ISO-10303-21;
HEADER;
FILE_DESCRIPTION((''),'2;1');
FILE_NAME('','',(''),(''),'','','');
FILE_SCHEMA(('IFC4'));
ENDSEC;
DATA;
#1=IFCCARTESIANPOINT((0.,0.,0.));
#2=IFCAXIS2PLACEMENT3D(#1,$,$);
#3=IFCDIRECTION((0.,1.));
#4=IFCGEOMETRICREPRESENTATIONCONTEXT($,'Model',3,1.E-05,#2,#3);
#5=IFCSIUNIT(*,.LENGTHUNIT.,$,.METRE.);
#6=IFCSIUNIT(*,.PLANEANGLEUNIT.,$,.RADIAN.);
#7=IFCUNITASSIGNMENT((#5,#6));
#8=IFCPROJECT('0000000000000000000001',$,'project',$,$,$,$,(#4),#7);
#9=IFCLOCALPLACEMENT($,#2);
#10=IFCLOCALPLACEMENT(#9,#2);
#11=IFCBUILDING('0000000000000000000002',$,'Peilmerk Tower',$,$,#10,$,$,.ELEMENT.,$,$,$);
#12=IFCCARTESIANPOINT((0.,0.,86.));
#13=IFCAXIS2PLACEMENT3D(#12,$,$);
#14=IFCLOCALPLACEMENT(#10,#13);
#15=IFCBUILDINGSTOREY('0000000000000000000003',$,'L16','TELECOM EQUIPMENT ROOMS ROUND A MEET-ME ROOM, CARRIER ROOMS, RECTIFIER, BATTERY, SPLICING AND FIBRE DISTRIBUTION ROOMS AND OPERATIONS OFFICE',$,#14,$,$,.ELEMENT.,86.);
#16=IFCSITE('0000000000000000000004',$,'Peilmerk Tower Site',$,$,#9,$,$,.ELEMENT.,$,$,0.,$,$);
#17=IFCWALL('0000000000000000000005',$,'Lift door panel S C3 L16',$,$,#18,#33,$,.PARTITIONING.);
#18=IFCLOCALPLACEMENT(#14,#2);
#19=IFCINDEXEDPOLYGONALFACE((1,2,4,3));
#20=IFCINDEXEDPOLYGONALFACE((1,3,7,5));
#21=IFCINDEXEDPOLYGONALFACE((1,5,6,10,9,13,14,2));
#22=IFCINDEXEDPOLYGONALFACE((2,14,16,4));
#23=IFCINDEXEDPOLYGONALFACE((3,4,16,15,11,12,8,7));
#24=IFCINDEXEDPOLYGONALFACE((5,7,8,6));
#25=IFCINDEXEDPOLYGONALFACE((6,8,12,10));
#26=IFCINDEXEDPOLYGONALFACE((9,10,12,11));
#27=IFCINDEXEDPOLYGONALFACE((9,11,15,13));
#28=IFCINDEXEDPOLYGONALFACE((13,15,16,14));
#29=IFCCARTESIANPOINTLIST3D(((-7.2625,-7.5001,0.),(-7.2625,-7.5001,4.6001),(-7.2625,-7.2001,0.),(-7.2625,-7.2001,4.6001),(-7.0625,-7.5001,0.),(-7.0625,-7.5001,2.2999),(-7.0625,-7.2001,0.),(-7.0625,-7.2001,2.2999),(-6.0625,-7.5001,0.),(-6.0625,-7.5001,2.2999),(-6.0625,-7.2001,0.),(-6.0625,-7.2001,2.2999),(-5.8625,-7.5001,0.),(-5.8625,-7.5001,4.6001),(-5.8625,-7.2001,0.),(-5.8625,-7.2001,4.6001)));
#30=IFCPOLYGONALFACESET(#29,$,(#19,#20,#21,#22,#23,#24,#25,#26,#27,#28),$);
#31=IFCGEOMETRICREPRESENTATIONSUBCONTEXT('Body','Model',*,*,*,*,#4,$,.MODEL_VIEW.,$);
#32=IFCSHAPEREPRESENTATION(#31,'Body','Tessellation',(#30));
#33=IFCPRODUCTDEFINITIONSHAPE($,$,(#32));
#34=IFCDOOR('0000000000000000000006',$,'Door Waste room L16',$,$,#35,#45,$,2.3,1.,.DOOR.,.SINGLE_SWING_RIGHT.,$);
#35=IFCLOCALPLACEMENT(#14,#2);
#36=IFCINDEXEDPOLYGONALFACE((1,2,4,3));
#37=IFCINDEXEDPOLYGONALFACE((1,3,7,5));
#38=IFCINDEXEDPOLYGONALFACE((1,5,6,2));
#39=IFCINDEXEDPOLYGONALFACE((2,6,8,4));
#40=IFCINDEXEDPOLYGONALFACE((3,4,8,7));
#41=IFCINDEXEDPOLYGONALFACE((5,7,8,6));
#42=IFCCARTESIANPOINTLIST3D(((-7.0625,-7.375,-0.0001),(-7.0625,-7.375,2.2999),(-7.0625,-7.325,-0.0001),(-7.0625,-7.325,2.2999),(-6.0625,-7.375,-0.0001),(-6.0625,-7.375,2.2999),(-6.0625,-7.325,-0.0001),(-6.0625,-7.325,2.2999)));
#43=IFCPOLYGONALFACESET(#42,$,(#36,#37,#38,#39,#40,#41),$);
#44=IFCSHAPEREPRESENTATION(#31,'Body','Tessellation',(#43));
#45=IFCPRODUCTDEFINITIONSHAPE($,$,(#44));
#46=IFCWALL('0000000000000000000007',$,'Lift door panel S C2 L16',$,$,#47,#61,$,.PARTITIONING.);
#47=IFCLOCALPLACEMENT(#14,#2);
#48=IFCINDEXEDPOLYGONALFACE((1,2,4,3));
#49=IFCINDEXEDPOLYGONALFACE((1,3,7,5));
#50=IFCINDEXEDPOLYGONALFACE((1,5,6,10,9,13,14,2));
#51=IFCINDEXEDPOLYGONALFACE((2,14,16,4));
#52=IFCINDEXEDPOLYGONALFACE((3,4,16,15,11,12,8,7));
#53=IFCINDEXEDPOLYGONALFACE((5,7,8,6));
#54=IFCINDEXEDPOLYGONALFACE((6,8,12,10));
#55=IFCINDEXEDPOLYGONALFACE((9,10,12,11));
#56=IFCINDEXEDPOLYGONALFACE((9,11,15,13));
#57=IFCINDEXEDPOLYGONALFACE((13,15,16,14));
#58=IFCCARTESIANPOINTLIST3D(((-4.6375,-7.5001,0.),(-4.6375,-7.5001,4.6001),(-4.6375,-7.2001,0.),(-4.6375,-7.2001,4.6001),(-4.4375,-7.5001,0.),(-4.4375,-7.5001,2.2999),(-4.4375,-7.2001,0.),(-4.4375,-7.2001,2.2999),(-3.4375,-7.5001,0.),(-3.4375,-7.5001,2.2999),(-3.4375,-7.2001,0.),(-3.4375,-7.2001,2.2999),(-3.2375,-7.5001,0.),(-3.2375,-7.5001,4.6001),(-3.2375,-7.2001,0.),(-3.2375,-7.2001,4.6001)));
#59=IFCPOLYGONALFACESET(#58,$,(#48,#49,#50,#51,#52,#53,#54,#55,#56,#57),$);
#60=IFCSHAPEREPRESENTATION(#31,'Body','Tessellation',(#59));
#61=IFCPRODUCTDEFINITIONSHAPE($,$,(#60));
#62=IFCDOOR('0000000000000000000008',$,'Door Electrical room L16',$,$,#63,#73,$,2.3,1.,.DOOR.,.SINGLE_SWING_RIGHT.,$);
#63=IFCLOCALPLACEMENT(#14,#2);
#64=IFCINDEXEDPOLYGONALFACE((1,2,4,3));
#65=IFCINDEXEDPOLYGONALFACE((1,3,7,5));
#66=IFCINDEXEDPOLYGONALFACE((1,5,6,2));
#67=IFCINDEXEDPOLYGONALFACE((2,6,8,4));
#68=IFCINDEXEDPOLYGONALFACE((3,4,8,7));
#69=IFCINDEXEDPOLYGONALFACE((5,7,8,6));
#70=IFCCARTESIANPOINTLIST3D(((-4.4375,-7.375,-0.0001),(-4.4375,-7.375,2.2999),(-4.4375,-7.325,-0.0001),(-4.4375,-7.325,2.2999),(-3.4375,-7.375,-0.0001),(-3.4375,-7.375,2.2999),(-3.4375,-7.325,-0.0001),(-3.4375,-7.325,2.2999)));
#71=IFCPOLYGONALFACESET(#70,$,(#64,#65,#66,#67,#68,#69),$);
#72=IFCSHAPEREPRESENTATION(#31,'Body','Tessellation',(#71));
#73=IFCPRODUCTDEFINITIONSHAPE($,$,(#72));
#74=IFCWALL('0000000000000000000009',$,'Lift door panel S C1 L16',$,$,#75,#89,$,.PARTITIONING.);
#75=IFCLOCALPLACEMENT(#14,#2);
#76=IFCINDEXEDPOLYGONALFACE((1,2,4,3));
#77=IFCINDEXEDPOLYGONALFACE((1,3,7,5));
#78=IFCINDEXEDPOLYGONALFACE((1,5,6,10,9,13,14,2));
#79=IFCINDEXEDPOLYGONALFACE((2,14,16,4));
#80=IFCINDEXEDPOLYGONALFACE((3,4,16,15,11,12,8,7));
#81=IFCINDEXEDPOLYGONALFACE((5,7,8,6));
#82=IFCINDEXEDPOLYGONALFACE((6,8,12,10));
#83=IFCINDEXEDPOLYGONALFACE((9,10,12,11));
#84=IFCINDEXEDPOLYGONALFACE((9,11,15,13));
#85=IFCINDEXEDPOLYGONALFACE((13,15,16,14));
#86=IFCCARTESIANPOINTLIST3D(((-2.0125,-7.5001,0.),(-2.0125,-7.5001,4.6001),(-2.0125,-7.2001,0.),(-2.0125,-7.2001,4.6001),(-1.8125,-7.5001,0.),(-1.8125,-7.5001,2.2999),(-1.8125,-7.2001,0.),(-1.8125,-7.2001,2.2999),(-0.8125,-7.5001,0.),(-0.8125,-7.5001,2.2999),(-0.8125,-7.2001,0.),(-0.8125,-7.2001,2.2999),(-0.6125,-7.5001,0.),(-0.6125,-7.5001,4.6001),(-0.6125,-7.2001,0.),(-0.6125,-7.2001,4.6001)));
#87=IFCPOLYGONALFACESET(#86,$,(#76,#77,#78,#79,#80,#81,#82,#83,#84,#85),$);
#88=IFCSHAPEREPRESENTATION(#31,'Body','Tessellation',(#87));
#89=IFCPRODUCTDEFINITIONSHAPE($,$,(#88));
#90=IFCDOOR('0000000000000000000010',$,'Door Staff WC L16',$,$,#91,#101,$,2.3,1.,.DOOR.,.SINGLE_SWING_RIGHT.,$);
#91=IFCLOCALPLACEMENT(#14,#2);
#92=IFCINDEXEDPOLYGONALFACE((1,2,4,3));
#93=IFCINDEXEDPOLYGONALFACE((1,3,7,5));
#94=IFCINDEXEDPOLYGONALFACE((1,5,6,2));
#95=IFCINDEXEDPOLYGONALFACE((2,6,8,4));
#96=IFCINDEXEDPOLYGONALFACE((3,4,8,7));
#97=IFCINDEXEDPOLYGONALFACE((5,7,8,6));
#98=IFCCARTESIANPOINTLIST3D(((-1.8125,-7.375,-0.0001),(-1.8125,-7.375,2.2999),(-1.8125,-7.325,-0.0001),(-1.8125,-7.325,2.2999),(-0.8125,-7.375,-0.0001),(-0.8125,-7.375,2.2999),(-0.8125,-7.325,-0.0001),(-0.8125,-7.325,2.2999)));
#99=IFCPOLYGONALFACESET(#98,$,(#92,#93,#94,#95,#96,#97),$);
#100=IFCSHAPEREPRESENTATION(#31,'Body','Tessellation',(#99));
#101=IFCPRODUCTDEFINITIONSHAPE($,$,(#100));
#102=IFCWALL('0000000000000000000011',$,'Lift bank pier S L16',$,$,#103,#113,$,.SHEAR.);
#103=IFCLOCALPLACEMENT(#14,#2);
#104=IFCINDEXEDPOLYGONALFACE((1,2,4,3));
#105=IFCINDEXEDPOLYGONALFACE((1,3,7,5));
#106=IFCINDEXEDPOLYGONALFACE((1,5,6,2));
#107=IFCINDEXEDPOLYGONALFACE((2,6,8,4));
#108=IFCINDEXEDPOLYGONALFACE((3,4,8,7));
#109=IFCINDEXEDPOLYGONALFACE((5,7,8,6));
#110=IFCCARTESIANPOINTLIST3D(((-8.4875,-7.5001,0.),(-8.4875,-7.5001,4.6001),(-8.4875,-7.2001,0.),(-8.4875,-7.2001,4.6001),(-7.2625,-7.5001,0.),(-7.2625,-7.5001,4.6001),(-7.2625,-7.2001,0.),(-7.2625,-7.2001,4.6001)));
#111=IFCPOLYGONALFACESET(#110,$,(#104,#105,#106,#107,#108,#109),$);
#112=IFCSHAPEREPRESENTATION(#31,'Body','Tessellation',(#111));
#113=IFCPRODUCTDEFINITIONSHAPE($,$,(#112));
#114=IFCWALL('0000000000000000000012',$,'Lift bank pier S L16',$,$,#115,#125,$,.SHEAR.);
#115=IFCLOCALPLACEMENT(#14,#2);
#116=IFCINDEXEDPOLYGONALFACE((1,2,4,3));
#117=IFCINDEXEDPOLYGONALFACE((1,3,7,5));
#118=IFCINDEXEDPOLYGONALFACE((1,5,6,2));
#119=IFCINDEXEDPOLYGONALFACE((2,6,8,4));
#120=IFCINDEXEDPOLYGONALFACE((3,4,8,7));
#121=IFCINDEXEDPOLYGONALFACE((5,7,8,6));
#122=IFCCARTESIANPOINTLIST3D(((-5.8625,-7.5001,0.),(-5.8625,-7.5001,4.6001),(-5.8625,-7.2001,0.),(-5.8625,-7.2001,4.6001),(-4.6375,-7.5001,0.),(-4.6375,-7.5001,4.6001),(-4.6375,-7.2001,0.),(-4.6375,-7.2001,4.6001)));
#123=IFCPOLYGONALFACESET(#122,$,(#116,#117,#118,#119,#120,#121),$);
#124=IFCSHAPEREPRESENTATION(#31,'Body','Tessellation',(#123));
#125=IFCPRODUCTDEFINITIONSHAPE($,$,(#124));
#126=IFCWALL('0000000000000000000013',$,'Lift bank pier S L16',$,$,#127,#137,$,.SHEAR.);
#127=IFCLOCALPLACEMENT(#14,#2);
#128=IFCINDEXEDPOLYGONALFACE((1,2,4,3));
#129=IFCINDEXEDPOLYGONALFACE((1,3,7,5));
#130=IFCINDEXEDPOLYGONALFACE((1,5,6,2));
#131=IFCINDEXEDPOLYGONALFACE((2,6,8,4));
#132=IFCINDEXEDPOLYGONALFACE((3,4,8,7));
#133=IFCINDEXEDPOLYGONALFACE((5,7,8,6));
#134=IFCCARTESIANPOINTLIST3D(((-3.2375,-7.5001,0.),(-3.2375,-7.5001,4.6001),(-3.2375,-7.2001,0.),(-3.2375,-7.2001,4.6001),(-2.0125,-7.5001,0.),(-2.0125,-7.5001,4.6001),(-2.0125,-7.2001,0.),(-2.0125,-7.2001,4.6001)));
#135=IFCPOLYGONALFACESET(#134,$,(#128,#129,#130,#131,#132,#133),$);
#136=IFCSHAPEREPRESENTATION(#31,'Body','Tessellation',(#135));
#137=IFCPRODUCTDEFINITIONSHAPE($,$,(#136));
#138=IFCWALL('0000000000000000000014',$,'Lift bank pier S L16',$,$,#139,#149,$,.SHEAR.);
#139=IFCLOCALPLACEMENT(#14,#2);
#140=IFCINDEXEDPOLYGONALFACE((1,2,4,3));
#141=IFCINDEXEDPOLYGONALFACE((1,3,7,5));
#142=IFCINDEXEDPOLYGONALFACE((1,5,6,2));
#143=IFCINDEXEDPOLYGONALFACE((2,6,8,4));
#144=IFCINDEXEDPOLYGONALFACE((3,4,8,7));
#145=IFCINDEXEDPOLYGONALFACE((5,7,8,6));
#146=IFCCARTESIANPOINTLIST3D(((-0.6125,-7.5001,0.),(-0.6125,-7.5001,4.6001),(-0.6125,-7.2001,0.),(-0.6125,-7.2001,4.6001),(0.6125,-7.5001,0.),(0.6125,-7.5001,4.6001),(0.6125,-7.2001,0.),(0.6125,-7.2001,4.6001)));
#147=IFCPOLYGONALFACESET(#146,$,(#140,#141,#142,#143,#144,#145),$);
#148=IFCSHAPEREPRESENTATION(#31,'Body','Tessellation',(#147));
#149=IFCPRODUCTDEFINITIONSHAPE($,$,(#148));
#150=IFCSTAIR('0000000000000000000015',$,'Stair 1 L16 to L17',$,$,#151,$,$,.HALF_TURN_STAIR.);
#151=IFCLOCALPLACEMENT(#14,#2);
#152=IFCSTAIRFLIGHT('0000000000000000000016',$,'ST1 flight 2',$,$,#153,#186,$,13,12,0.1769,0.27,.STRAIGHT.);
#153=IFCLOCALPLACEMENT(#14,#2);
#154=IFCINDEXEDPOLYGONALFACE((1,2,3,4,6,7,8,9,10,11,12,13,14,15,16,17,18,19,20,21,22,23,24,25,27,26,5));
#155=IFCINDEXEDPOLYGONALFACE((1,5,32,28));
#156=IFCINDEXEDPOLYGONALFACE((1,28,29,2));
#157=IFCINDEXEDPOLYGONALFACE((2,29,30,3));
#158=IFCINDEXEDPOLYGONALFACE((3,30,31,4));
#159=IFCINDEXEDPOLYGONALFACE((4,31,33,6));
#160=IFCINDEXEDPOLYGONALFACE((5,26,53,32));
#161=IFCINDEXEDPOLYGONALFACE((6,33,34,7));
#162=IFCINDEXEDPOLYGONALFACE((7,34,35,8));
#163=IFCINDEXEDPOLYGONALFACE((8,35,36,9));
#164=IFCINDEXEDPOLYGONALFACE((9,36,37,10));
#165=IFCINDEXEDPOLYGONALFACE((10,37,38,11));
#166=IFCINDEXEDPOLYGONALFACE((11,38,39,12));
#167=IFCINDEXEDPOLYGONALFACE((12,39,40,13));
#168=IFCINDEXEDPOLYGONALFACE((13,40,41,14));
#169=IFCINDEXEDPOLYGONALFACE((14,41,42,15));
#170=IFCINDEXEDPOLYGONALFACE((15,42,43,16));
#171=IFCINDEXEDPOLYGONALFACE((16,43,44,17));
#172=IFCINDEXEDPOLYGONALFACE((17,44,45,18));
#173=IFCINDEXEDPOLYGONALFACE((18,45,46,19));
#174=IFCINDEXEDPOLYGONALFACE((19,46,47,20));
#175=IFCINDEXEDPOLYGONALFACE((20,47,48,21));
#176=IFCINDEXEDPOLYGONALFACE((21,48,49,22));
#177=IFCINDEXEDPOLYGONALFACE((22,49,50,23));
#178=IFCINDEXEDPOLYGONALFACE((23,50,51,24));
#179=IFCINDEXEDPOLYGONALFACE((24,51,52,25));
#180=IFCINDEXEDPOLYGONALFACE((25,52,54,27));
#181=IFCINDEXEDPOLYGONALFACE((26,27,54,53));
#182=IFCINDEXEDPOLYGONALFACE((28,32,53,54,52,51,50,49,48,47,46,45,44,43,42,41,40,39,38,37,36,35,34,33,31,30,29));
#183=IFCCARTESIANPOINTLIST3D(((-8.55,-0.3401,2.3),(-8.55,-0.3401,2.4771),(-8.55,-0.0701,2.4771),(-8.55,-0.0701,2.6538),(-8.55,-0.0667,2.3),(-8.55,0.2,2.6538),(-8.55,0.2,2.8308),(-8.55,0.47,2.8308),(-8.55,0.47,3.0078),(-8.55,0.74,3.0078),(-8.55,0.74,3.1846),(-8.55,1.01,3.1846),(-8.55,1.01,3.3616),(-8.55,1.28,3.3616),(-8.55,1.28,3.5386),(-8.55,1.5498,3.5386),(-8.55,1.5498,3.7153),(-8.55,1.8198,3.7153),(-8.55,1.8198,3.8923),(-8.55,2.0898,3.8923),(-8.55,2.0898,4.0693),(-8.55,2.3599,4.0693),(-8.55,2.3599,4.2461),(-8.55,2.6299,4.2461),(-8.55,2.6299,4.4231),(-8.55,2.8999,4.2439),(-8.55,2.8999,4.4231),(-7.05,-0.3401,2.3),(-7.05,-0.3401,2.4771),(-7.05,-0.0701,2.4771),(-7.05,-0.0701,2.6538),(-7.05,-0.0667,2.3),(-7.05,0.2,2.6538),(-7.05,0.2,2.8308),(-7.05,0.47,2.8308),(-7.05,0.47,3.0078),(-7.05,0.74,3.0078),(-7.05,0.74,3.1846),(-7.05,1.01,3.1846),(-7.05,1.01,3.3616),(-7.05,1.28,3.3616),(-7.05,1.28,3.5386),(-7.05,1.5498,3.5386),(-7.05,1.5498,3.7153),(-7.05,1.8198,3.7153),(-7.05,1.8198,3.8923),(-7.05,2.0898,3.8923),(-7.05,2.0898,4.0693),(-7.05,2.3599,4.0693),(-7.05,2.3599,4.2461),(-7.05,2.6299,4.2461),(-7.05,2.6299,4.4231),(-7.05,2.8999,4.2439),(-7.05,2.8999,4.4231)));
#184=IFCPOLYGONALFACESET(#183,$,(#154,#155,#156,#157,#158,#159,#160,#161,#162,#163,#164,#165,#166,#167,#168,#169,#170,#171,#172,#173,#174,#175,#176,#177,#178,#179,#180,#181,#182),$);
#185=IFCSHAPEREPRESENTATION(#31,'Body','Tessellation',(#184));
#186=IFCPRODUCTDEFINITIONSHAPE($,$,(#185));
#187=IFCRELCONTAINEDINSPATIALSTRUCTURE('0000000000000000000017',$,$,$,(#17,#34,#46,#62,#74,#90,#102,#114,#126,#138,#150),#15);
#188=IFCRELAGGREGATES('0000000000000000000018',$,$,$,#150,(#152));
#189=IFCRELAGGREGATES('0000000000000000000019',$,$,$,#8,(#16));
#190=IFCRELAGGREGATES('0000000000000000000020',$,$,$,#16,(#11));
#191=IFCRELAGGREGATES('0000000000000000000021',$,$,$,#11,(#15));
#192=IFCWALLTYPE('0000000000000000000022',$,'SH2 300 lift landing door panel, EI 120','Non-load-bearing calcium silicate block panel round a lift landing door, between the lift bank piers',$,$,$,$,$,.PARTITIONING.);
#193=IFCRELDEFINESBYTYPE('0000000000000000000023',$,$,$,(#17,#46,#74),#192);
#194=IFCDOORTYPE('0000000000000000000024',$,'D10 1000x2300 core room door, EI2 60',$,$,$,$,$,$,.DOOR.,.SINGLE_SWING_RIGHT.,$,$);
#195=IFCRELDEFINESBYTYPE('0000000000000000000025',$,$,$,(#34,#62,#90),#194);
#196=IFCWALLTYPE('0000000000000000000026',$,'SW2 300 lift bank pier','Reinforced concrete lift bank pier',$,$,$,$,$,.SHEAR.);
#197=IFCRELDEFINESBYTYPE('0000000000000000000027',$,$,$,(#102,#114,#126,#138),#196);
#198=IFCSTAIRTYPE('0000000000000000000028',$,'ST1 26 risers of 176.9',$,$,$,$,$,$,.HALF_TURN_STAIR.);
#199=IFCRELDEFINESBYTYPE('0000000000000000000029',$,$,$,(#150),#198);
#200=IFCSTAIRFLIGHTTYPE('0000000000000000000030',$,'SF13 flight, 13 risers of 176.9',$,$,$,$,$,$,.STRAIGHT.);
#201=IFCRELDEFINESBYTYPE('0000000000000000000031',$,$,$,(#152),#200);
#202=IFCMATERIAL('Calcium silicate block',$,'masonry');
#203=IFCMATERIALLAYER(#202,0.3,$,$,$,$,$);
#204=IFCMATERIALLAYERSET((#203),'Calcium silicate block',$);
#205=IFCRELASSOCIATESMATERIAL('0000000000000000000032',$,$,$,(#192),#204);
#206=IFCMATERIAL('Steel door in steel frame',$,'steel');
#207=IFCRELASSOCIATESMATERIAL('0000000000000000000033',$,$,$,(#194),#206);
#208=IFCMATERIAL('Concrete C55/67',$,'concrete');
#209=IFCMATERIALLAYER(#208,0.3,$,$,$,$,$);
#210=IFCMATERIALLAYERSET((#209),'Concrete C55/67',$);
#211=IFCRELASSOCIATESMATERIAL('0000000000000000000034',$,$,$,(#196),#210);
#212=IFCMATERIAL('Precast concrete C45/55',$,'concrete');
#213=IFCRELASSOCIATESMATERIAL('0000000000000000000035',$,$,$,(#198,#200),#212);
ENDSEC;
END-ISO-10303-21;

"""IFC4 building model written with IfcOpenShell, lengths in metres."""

from ifc_helpers import new_model, si_unit, direction, frame, frame_2d, origin, place, context, subcontext, project, spatial, polyline, rectangle, outline, extrude, material, layer, layer_set, type_object, element, fill, aggregate, save


model = new_model("IFC4")

# Units and contexts
model_context = context("Model", 3, precision=1e-05, world=origin(), true_north=direction((0.0, 1.0)))
body_context = subcontext(model_context, "Body", "Model", "MODEL_VIEW")
ifc_project = project(units=[si_unit("LENGTHUNIT", "METRE"), si_unit("PLANEANGLEUNIT", "RADIAN")], contexts=[model_context])

# Site, building, storey
site_placement = place(None, origin())
site = spatial("IfcSite", under=ifc_project, at=site_placement, Name="Peilmerk Tower Site", CompositionType="ELEMENT", RefElevation=0.0)
building_placement = place(site_placement, origin())
building = spatial("IfcBuilding", under=site, at=building_placement, Name="Peilmerk Tower", CompositionType="ELEMENT")
storey_placement = place(building_placement, frame((0.0, 0.0, 86.0)))
storey = spatial("IfcBuildingStorey", under=building, at=storey_placement, Name="L16", Description="TELECOM EQUIPMENT ROOMS ROUND A MEET-ME ROOM, CARRIER ROOMS, RECTIFIER, BATTERY, SPLICING AND FIBRE DISTRIBUTION ROOMS AND OPERATIONS OFFICE", CompositionType="ELEMENT", Elevation=86.0)

# Shared definitions
ifc_material_1 = material(Name="Calcium silicate block", Category="masonry")

# Walls, openings, doors
ifc_layer_1 = layer(ifc_material_1, 0.3)
ifc_layer_set_1 = layer_set([ifc_layer_1], Name="Calcium silicate block")
wall_type_1 = type_object("IfcWallType", Name="SH2 300 lift landing door panel, EI 120", Description="Non-load-bearing calcium silicate block panel round a lift landing door, between the lift bank piers", PredefinedType="PARTITIONING", material=ifc_layer_set_1)
wall_1_placement = place(storey_placement, frame((-7.2625, -7.3501, 0.0), z_axis=(0.0, 0.0, 1.0), x_axis=(1.0, 0.0, 0.0)))
wall_1 = element("IfcWall", 1, at=wall_1_placement, inside=storey, type_object=wall_type_1, Name="Lift door panel S C3 L16", PredefinedType="PARTITIONING", context=body_context, shape_type="SweptSolid", body=[
    extrude(rectangle(XDim=1.3999, YDim=0.3, at=frame_2d((0.7, 0.0))), origin(), (0.0, 0.0, 1.0), 4.6001),
])
opening_1_placement = place(wall_1_placement, frame((0.2, 0.0, 0.0)))
opening_1 = element("IfcOpeningElement", 2, at=opening_1_placement, cuts=wall_1, PredefinedType="OPENING", context=body_context, shape_type="SweptSolid", body=[
    extrude(rectangle(XDim=1.0, YDim=2.3, at=frame_2d((0.5, 1.1499))), frame((0.0, 0.1599, 0.0), z_axis=(0.0, -1.0, 0.0), x_axis=(1.0, 0.0, 0.0)), (0.0, 0.0, 1.0), 0.3201),
])
ifc_material_2 = material(Name="Steel door in steel frame", Category="steel")
door_type = type_object("IfcDoorType", Name="D10 1000x2300 core room door, EI2 60", OperationType="SINGLE_SWING_RIGHT", PredefinedType="DOOR", material=ifc_material_2)
door_1_placement = place(opening_1_placement, frame((1.0, 0.0, 0.0), z_axis=(0.0, 0.0, 1.0), x_axis=(-1.0, 0.0, 0.0)))
door_1 = element("IfcDoor", 3, at=door_1_placement, inside=storey, type_object=door_type, Name="Door Waste room L16", OperationType="SINGLE_SWING_RIGHT", OverallHeight=2.3, OverallWidth=1.0, PredefinedType="DOOR", context=body_context, shape_type="SweptSolid", body=[
    extrude(rectangle(XDim=1.0, YDim=2.3, at=frame_2d((0.5, 1.1499))), frame((0.0, 0.0249, 0.0), z_axis=(0.0, -1.0, 0.0), x_axis=(1.0, 0.0, 0.0)), (0.0, 0.0, 1.0), 0.05),
])
fill(opening_1, door_1)
wall_2_placement = place(storey_placement, frame((-4.6375, -7.3501, 0.0), z_axis=(0.0, 0.0, 1.0), x_axis=(1.0, 0.0, 0.0)))
wall_2 = element("IfcWall", 4, at=wall_2_placement, inside=storey, type_object=wall_type_1, Name="Lift door panel S C2 L16", PredefinedType="PARTITIONING", context=body_context, shape_type="SweptSolid", body=[
    extrude(rectangle(XDim=1.3999, YDim=0.3, at=frame_2d((0.7, 0.0))), origin(), (0.0, 0.0, 1.0), 4.6001),
])
opening_2_placement = place(wall_2_placement, frame((0.2, 0.0, 0.0)))
opening_2 = element("IfcOpeningElement", 5, at=opening_2_placement, cuts=wall_2, PredefinedType="OPENING", context=body_context, shape_type="SweptSolid", body=[
    extrude(rectangle(XDim=1.0, YDim=2.3, at=frame_2d((0.5, 1.1499))), frame((0.0, 0.1599, 0.0), z_axis=(0.0, -1.0, 0.0), x_axis=(1.0, 0.0, 0.0)), (0.0, 0.0, 1.0), 0.3201),
])
door_2_placement = place(opening_2_placement, frame((1.0, 0.0, 0.0), z_axis=(0.0, 0.0, 1.0), x_axis=(-1.0, 0.0, 0.0)))
door_2 = element("IfcDoor", 6, at=door_2_placement, inside=storey, type_object=door_type, Name="Door Electrical room L16", OperationType="SINGLE_SWING_RIGHT", OverallHeight=2.3, OverallWidth=1.0, PredefinedType="DOOR", context=body_context, shape_type="SweptSolid", body=[
    extrude(rectangle(XDim=1.0, YDim=2.3, at=frame_2d((0.5, 1.1499))), frame((0.0, 0.0249, 0.0), z_axis=(0.0, -1.0, 0.0), x_axis=(1.0, 0.0, 0.0)), (0.0, 0.0, 1.0), 0.05),
])
fill(opening_2, door_2)
wall_3_placement = place(storey_placement, frame((-2.0125, -7.3501, 0.0), z_axis=(0.0, 0.0, 1.0), x_axis=(1.0, 0.0, 0.0)))
wall_3 = element("IfcWall", 7, at=wall_3_placement, inside=storey, type_object=wall_type_1, Name="Lift door panel S C1 L16", PredefinedType="PARTITIONING", context=body_context, shape_type="SweptSolid", body=[
    extrude(rectangle(XDim=1.3999, YDim=0.3, at=frame_2d((0.7, 0.0))), origin(), (0.0, 0.0, 1.0), 4.6001),
])
opening_3_placement = place(wall_3_placement, frame((0.2, 0.0, 0.0)))
opening_3 = element("IfcOpeningElement", 8, at=opening_3_placement, cuts=wall_3, PredefinedType="OPENING", context=body_context, shape_type="SweptSolid", body=[
    extrude(rectangle(XDim=1.0, YDim=2.3, at=frame_2d((0.5, 1.1499))), frame((0.0, 0.1599, 0.0), z_axis=(0.0, -1.0, 0.0), x_axis=(1.0, 0.0, 0.0)), (0.0, 0.0, 1.0), 0.3201),
])
door_3_placement = place(opening_3_placement, frame((1.0, 0.0, 0.0), z_axis=(0.0, 0.0, 1.0), x_axis=(-1.0, 0.0, 0.0)))
door_3 = element("IfcDoor", 9, at=door_3_placement, inside=storey, type_object=door_type, Name="Door Staff WC L16", OperationType="SINGLE_SWING_RIGHT", OverallHeight=2.3, OverallWidth=1.0, PredefinedType="DOOR", context=body_context, shape_type="SweptSolid", body=[
    extrude(rectangle(XDim=1.0, YDim=2.3, at=frame_2d((0.5, 1.1499))), frame((0.0, 0.0249, 0.0), z_axis=(0.0, -1.0, 0.0), x_axis=(1.0, 0.0, 0.0)), (0.0, 0.0, 1.0), 0.05),
])
fill(opening_3, door_3)

# Walls
ifc_material_3 = material(Name="Concrete C55/67", Category="concrete")
ifc_layer_2 = layer(ifc_material_3, 0.3)
ifc_layer_set_2 = layer_set([ifc_layer_2], Name="Concrete C55/67")
wall_type_2 = type_object("IfcWallType", Name="SW2 300 lift bank pier", Description="Reinforced concrete lift bank pier", PredefinedType="SHEAR", material=ifc_layer_set_2)
for number, where, z_axis, x_axis, name in (
    (10, (-8.4875, -7.3501, 0.0), (0.0, 0.0, 1.0), (1.0, 0.0, 0.0), "Lift bank pier S L16"),
    (11, (-5.8625, -7.3501, 0.0), (0.0, 0.0, 1.0), (1.0, 0.0, 0.0), "Lift bank pier S L16"),
    (12, (-3.2375, -7.3501, 0.0), (0.0, 0.0, 1.0), (1.0, 0.0, 0.0), "Lift bank pier S L16"),
    (13, (-0.6125, -7.3501, 0.0), (0.0, 0.0, 1.0), (1.0, 0.0, 0.0), "Lift bank pier S L16"),
):
    element("IfcWall", number, at=place(storey_placement, frame(where, z_axis=z_axis, x_axis=x_axis)), inside=storey, type_object=wall_type_2, Name=name, PredefinedType="SHEAR", context=body_context, shape_type="SweptSolid", body=[
        extrude(rectangle(XDim=1.2251, YDim=0.3, at=frame_2d((0.6125, 0.0))), origin(), (0.0, 0.0, 1.0), 4.6001),
    ])

# Stair, stair flight
ifc_material_4 = material(Name="Precast concrete C45/55", Category="concrete")
stair_type = type_object("IfcStairType", Name="ST1 26 risers of 176.9", PredefinedType="HALF_TURN_STAIR", material=ifc_material_4)
stair_placement = place(storey_placement, origin())
stair = element("IfcStair", 14, at=stair_placement, inside=storey, type_object=stair_type, Name="Stair 1 L16 to L17", PredefinedType="HALF_TURN_STAIR")
stair_flight_type = type_object("IfcStairFlightType", Name="SF13 flight, 13 risers of 176.9", PredefinedType="STRAIGHT", material=ifc_material_4)
stair_flight_placement = place(storey_placement, frame((-7.8, -0.3401, 2.3), z_axis=(0.0, 0.0, 1.0), x_axis=(0.0, 1.0, 0.0)))
stair_flight = element("IfcStairFlight", 15, at=stair_flight_placement, type_object=stair_flight_type, Name="ST1 flight 2", NumberOfRisers=13, NumberOfTreads=12, PredefinedType="STRAIGHT", RiserHeight=0.1769, TreadLength=0.27, context=body_context, shape_type="SweptSolid", body=[
    extrude(outline(polyline([(0.0, 0.0), (0.0, 0.177), (0.27, 0.177), (0.27, 0.3538), (0.54, 0.3538), (0.54, 0.5308), (0.8101, 0.5308), (0.8101, 0.7078), (1.0801, 0.7078), (1.0801, 0.8845), (1.3501, 0.8845), (1.3501, 1.0615), (1.6201, 1.0615), (1.6201, 1.2385), (1.8899, 1.2385), (1.8899, 1.4153), (2.1599, 1.4153), (2.1599, 1.5923), (2.4299, 1.5923), (2.4299, 1.7693), (2.7, 1.7693), (2.7, 1.946), (2.97, 1.946), (2.97, 2.123), (3.24, 2.123), (3.24, 2.3), (3.24, 1.9438), (0.2734, 0.0), (0.0, 0.0)])), frame((0.0, 0.75, 0.0), z_axis=(0.0, -1.0, 0.0), x_axis=(1.0, 0.0, 0.0)), (0.0, 0.0, 1.0), 1.5),
])
aggregate(stair, [stair_flight])

save(model, "model.ifc")
